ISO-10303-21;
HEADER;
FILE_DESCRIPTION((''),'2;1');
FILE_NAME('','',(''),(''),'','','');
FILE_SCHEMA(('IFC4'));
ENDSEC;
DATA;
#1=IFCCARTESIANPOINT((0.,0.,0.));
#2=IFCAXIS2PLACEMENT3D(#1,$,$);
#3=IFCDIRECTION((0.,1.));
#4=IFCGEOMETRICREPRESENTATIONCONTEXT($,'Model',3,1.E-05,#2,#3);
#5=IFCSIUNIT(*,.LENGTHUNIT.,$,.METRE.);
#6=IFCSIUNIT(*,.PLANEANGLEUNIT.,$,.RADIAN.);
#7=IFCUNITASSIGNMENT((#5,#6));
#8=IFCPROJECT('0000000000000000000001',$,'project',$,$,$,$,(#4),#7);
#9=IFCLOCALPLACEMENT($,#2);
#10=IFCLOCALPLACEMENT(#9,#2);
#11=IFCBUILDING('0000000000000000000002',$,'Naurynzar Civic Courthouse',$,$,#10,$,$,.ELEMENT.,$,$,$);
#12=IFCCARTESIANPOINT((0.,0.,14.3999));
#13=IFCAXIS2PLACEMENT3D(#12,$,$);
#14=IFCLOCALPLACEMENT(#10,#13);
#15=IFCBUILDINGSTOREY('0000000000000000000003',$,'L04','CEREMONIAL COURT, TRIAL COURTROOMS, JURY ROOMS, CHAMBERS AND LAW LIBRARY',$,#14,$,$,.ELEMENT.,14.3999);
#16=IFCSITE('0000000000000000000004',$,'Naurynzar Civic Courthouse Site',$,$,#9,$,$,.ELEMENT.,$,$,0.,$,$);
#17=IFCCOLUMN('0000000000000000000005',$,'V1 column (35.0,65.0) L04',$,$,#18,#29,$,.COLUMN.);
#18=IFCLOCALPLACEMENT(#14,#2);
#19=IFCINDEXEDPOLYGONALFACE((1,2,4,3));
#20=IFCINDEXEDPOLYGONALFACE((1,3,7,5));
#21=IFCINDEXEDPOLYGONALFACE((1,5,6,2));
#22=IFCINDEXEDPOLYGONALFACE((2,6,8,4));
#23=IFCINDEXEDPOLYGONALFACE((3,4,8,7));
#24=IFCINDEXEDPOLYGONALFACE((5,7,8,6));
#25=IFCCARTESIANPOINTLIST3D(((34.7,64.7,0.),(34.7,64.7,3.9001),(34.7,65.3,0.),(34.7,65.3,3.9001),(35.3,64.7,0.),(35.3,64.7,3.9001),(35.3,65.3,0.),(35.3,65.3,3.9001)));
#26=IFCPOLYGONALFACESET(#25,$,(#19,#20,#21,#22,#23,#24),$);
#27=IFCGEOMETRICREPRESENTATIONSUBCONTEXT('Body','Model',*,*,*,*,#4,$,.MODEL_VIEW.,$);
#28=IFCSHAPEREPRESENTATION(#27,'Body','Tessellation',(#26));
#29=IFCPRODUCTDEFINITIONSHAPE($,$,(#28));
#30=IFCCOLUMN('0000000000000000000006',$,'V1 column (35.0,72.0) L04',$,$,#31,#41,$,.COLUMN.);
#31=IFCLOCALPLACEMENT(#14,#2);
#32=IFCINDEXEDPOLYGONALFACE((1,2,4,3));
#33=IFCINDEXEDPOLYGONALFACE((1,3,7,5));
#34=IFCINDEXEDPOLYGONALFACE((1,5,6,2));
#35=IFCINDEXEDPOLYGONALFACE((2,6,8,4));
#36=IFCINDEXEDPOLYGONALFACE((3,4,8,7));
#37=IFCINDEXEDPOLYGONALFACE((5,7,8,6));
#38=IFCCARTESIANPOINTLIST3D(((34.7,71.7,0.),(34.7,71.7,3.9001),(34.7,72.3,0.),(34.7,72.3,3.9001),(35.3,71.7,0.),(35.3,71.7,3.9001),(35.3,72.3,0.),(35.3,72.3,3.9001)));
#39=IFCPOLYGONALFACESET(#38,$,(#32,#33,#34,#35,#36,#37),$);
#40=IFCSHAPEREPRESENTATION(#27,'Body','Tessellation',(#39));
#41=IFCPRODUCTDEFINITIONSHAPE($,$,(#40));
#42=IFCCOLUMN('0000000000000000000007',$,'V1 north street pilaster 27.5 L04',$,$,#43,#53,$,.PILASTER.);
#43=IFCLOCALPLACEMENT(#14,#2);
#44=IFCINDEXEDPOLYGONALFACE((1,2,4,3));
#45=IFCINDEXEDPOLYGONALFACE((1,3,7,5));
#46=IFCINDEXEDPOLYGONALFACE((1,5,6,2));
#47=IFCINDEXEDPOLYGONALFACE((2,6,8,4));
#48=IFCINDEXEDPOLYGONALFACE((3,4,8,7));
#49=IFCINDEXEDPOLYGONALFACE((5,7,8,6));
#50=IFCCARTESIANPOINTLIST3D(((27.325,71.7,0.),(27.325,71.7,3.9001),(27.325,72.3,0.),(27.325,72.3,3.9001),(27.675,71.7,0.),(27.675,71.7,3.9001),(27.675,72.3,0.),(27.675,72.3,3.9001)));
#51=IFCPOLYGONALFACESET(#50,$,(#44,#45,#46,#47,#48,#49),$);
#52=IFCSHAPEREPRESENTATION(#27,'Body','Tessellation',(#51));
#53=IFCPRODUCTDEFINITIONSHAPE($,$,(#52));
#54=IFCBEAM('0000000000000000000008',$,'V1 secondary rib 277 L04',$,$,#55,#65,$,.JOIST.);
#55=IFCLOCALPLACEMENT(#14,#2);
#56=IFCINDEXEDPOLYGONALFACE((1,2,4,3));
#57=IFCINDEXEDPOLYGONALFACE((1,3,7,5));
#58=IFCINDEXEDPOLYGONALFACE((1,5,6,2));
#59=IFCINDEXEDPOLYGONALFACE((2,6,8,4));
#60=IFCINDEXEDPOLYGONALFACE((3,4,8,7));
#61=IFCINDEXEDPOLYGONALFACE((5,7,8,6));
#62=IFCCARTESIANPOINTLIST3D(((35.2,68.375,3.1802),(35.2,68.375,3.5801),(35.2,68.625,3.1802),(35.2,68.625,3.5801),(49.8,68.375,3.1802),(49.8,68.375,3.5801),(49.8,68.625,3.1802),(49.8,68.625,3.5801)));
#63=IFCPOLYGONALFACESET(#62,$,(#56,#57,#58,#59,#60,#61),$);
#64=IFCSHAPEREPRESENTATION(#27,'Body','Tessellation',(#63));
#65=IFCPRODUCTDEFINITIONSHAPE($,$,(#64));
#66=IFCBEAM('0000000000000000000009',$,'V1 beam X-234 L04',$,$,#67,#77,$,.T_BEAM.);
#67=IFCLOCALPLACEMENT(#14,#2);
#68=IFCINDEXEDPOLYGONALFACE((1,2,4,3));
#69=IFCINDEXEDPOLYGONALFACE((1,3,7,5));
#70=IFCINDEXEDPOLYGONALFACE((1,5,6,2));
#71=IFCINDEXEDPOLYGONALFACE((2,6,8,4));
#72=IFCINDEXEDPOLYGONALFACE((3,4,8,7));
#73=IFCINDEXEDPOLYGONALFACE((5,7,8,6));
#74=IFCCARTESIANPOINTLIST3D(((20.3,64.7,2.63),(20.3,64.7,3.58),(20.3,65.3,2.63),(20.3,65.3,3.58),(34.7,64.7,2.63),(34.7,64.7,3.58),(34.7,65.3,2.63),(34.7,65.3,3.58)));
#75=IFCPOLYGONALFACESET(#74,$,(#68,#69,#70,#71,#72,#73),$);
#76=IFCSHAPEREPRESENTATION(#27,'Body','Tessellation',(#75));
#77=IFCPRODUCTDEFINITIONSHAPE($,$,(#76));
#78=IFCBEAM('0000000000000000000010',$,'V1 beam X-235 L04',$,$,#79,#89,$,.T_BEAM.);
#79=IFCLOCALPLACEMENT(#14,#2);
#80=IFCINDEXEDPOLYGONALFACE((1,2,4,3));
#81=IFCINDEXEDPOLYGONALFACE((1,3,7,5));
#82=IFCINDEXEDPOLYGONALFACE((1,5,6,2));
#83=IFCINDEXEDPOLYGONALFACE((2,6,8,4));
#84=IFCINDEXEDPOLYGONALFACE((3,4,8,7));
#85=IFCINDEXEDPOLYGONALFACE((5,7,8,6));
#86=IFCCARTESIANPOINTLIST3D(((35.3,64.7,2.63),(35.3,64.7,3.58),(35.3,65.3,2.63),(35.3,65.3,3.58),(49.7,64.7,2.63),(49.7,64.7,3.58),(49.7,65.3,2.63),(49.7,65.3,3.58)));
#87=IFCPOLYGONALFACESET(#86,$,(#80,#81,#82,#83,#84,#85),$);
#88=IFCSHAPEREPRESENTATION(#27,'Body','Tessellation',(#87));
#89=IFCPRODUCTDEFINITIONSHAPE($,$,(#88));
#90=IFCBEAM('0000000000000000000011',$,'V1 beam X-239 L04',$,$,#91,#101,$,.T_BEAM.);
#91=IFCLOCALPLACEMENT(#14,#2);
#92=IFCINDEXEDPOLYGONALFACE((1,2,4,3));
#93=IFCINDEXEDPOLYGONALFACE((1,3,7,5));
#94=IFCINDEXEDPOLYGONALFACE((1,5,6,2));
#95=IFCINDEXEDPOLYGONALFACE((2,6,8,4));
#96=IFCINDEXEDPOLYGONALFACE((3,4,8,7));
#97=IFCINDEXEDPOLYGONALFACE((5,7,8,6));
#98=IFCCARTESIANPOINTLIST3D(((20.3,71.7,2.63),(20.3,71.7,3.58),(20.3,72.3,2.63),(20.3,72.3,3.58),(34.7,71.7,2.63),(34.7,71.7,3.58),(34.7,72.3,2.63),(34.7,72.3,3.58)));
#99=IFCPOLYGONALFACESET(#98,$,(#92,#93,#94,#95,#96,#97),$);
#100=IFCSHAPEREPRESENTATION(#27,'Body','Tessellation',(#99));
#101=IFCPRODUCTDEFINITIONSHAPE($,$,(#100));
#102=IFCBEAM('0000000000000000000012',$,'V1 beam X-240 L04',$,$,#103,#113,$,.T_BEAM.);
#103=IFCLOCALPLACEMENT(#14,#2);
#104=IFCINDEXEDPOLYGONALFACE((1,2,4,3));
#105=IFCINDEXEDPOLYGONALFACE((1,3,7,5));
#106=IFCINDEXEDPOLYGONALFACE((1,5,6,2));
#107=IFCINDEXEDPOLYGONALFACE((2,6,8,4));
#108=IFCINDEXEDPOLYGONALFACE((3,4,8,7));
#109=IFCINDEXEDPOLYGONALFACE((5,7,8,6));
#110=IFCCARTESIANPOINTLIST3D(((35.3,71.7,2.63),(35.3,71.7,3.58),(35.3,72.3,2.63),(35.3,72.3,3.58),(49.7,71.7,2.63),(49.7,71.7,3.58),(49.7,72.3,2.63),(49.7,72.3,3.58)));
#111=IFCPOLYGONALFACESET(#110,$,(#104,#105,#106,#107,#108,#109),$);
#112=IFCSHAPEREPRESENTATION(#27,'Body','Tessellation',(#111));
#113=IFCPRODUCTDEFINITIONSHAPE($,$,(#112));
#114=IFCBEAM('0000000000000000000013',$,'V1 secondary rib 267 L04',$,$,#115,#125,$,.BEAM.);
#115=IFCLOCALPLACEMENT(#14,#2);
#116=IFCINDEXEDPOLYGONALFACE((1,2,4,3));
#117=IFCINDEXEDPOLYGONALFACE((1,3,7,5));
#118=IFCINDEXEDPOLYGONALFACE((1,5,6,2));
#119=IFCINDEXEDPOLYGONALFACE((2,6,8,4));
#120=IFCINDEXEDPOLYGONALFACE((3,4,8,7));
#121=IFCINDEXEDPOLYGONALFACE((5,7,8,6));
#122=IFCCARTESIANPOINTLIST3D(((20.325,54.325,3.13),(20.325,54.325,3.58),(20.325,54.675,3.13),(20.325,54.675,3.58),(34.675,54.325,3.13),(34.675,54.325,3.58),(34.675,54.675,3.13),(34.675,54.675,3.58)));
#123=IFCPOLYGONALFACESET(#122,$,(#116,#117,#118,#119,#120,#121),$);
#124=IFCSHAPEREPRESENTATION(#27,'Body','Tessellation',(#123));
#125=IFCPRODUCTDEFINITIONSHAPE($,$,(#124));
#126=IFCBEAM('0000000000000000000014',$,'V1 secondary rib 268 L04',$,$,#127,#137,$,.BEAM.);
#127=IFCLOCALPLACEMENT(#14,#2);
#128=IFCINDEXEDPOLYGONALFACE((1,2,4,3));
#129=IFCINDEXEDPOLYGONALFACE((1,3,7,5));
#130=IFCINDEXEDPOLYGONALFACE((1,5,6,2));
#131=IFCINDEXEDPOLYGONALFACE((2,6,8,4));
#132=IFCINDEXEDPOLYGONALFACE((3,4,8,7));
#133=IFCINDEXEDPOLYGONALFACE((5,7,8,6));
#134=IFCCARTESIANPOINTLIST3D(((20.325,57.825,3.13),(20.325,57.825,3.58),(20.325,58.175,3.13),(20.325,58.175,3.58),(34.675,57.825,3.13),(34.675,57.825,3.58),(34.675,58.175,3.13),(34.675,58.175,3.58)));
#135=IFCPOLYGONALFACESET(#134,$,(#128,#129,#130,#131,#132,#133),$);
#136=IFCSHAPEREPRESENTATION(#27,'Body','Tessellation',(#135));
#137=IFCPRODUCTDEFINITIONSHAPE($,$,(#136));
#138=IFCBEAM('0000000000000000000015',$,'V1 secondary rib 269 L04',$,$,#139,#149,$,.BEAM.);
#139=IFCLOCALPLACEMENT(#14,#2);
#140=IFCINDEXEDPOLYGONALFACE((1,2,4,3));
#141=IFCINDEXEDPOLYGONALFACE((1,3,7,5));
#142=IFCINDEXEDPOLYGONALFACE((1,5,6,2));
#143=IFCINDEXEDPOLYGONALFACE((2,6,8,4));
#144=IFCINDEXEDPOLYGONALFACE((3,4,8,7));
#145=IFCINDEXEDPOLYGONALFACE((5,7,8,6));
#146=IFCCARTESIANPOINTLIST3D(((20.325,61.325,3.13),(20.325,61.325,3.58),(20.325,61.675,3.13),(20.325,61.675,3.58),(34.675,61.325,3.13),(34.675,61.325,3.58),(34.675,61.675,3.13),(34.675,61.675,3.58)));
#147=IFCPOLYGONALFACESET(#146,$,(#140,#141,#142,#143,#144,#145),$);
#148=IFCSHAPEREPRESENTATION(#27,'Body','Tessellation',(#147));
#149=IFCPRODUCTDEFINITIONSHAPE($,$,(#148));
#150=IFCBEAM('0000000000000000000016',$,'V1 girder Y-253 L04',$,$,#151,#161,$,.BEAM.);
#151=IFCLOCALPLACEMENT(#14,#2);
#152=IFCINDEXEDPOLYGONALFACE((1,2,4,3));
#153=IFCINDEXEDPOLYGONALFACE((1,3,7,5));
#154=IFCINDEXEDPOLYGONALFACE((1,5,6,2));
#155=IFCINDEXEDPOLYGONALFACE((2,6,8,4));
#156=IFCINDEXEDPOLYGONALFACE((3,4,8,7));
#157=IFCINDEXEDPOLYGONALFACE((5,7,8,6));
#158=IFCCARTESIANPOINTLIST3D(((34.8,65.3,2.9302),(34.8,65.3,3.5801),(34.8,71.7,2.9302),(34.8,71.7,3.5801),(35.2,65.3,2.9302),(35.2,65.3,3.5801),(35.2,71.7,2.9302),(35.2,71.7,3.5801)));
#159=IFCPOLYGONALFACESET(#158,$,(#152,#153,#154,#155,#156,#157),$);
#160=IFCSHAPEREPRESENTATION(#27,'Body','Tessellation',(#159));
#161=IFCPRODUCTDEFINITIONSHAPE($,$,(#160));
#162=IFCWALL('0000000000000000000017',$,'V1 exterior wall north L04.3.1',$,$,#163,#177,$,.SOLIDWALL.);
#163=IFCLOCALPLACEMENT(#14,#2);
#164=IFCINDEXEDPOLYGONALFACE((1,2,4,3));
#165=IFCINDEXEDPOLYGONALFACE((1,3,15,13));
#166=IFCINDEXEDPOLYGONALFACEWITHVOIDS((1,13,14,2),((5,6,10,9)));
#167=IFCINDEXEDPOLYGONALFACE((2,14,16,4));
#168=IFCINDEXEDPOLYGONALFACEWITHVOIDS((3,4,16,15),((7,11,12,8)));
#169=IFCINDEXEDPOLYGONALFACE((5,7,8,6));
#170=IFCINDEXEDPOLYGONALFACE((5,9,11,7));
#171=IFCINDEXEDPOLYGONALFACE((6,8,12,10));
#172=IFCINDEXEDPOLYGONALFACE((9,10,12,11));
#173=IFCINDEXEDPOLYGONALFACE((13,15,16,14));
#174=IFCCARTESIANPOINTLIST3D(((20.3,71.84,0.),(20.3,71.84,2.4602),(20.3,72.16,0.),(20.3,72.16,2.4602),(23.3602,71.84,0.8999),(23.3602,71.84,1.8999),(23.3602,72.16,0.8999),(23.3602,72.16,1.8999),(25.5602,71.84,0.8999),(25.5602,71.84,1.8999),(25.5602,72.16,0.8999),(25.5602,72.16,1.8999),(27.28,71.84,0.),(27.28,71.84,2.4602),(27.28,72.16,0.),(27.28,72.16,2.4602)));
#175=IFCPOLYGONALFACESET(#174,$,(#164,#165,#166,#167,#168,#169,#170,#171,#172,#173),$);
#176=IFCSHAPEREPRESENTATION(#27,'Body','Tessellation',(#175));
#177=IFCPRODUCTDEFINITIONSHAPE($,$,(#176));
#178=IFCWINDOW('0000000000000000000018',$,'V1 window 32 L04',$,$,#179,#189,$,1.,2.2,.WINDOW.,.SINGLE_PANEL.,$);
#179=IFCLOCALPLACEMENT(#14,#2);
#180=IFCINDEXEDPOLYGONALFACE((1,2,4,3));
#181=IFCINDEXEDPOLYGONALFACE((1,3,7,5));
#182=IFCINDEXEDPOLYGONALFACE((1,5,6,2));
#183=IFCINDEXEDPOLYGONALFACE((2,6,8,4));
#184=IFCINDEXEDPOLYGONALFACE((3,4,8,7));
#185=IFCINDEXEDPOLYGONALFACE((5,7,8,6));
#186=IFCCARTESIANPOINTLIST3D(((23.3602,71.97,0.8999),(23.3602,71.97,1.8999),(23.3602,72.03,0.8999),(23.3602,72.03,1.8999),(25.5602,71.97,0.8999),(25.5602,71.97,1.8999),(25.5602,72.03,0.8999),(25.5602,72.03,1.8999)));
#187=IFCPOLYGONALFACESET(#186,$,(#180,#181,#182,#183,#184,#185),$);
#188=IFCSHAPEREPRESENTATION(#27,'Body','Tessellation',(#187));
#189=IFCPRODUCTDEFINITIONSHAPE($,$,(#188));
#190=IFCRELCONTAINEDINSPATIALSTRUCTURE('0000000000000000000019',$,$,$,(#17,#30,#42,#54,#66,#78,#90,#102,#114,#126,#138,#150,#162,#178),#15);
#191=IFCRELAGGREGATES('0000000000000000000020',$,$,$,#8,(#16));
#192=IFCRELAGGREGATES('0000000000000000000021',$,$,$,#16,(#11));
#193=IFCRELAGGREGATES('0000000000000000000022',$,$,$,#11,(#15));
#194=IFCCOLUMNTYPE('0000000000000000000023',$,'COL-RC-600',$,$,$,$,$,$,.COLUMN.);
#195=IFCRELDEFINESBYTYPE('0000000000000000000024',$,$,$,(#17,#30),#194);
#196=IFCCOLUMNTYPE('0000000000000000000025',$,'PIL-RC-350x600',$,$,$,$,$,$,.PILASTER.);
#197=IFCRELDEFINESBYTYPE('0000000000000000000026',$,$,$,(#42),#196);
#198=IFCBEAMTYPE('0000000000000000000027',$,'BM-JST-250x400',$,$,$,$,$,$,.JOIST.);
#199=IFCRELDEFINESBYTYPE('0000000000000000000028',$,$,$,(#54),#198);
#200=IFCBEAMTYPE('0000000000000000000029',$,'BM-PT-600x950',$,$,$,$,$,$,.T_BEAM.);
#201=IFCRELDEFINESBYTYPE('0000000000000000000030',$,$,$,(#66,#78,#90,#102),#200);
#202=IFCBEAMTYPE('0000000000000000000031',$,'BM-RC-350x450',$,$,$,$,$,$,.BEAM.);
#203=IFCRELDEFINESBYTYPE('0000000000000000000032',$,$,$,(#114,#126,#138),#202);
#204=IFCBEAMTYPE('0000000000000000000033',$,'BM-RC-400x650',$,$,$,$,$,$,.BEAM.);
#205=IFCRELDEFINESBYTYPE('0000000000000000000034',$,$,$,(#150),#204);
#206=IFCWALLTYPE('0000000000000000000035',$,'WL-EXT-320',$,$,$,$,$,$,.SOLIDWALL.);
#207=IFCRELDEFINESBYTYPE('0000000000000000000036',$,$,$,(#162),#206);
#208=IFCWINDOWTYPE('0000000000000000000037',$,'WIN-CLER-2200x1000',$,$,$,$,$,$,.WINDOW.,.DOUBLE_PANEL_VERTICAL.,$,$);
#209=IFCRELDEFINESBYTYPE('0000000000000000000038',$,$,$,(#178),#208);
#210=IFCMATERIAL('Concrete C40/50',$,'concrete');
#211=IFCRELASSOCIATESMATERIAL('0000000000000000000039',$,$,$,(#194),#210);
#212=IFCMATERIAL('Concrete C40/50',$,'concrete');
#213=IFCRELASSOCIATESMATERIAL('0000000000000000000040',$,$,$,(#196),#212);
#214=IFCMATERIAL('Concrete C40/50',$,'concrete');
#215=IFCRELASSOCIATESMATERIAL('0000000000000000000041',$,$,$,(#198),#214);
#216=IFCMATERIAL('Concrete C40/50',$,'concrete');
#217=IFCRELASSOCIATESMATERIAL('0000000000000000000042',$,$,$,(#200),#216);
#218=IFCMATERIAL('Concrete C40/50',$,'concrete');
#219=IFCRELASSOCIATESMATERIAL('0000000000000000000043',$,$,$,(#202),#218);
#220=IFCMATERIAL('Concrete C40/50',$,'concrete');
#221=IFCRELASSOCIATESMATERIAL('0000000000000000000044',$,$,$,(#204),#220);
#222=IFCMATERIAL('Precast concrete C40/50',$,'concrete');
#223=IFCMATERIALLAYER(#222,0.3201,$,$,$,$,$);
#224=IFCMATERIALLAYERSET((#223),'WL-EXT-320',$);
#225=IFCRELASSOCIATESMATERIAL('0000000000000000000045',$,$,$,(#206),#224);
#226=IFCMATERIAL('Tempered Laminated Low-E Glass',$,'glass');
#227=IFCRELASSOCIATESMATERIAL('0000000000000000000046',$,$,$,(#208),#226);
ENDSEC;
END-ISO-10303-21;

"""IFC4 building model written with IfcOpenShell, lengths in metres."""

from ifc_helpers import new_model, si_unit, direction, frame, frame_2d, origin, origin_2d, place, context, subcontext, project, spatial, rectangle, extrude, material, layer, layer_set, material_profile, profile_set, type_object, element, fill, save


model = new_model("IFC4")

# Units and contexts
model_context = context("Model", 3, precision=1e-05, world=origin(), true_north=direction((0.0, 1.0)))
body_context = subcontext(model_context, "Body", "Model", "MODEL_VIEW")
ifc_project = project(units=[si_unit("LENGTHUNIT", "METRE"), si_unit("PLANEANGLEUNIT", "RADIAN")], contexts=[model_context])

# Site, building, storey
site_placement = place(None, origin())
site = spatial("IfcSite", under=ifc_project, at=site_placement, Name="Naurynzar Civic Courthouse Site", CompositionType="ELEMENT", RefElevation=0.0)
building_placement = place(site_placement, origin())
building = spatial("IfcBuilding", under=site, at=building_placement, Name="Naurynzar Civic Courthouse", CompositionType="ELEMENT")
storey_placement = place(building_placement, frame((0.0, 0.0, 14.3999)))
storey = spatial("IfcBuildingStorey", under=building, at=storey_placement, Name="L04", Description="CEREMONIAL COURT, TRIAL COURTROOMS, JURY ROOMS, CHAMBERS AND LAW LIBRARY", CompositionType="ELEMENT", Elevation=14.3999)

# Columns
ifc_material_1 = material(Name="Concrete C40/50", Category="concrete")
ifc_material_profile_1 = material_profile(ifc_material_1, rectangle(XDim=0.6001, YDim=0.6001, at=origin_2d()), Name="RC 600x600")
ifc_profile_set_1 = profile_set([ifc_material_profile_1], Name="Concrete C40/50")
column_type_1 = type_object("IfcColumnType", Name="COL-RC-600", PredefinedType="COLUMN", material=ifc_profile_set_1)
for number, where, z_axis, x_axis, name in (
    (1, (35.0, 65.0, 0.0), (0.0, 0.0, 1.0), (1.0, 0.0, 0.0), "V1 column (35.0,65.0) L04"),
    (2, (35.0, 72.0, 0.0), (0.0, 0.0, 1.0), (1.0, 0.0, 0.0), "V1 column (35.0,72.0) L04"),
):
    element("IfcColumn", number, at=place(storey_placement, frame(where, z_axis=z_axis, x_axis=x_axis)), inside=storey, type_object=column_type_1, Name=name, PredefinedType="COLUMN", context=body_context, shape_type="SweptSolid", body=[
        extrude(rectangle(XDim=0.6001, YDim=0.6001, at=origin_2d()), origin(), (0.0, 0.0, 1.0), 3.9001),
    ])
ifc_material_2 = material(Name="Concrete C40/50", Category="concrete")
ifc_material_profile_2 = material_profile(ifc_material_2, rectangle(XDim=0.3501, YDim=0.6001, at=origin_2d()), Name="RC 350x600")
ifc_profile_set_2 = profile_set([ifc_material_profile_2], Name="Concrete C40/50")
column_type_2 = type_object("IfcColumnType", Name="PIL-RC-350x600", PredefinedType="PILASTER", material=ifc_profile_set_2)
column_placement = place(storey_placement, frame((27.5, 72.0, 0.0), z_axis=(0.0, 0.0, 1.0), x_axis=(1.0, 0.0, 0.0)))
element("IfcColumn", 3, at=column_placement, inside=storey, type_object=column_type_2, Name="V1 north street pilaster 27.5 L04", PredefinedType="PILASTER", context=body_context, shape_type="SweptSolid", body=[
    extrude(rectangle(XDim=0.3501, YDim=0.6001, at=origin_2d()), origin(), (0.0, 0.0, 1.0), 3.9001),
])

# Beams
ifc_material_3 = material(Name="Concrete C40/50", Category="concrete")
ifc_material_profile_3 = material_profile(ifc_material_3, rectangle(XDim=0.25, YDim=0.3999, at=origin_2d()), Name="RCB 250x400")
ifc_profile_set_3 = profile_set([ifc_material_profile_3], Name="Concrete C40/50")
beam_type_1 = type_object("IfcBeamType", Name="BM-JST-250x400", PredefinedType="JOIST", material=ifc_profile_set_3)
beam_1_placement = place(storey_placement, frame((35.2, 68.5, 3.3801), z_axis=(1.0, 0.0, 0.0), x_axis=(0.0, 1.0, 0.0)))
element("IfcBeam", 4, at=beam_1_placement, inside=storey, type_object=beam_type_1, Name="V1 secondary rib 277 L04", PredefinedType="JOIST", context=body_context, shape_type="SweptSolid", body=[
    extrude(rectangle(XDim=0.25, YDim=0.3999, at=origin_2d()), origin(), (0.0, 0.0, 1.0), 14.6001),
])
ifc_material_4 = material(Name="Concrete C40/50", Category="concrete")
ifc_material_profile_4 = material_profile(ifc_material_4, rectangle(XDim=0.6001, YDim=0.95, at=origin_2d()), Name="PTB 600x950")
ifc_profile_set_4 = profile_set([ifc_material_profile_4], Name="Concrete C40/50")
beam_type_2 = type_object("IfcBeamType", Name="BM-PT-600x950", PredefinedType="T_BEAM", material=ifc_profile_set_4)
for number, where, z_axis, x_axis, name in (
    (5, (20.3, 65.0, 3.105), (1.0, 0.0, 0.0), (0.0, 1.0, 0.0), "V1 beam X-234 L04"),
    (6, (35.3, 65.0, 3.105), (1.0, 0.0, 0.0), (0.0, 1.0, 0.0), "V1 beam X-235 L04"),
    (7, (20.3, 72.0, 3.105), (1.0, 0.0, 0.0), (0.0, 1.0, 0.0), "V1 beam X-239 L04"),
    (8, (35.3, 72.0, 3.105), (1.0, 0.0, 0.0), (0.0, 1.0, 0.0), "V1 beam X-240 L04"),
):
    element("IfcBeam", number, at=place(storey_placement, frame(where, z_axis=z_axis, x_axis=x_axis)), inside=storey, type_object=beam_type_2, Name=name, PredefinedType="T_BEAM", context=body_context, shape_type="SweptSolid", body=[
        extrude(rectangle(XDim=0.6001, YDim=0.95, at=origin_2d()), origin(), (0.0, 0.0, 1.0), 14.3999),
    ])
ifc_material_5 = material(Name="Concrete C40/50", Category="concrete")
ifc_material_profile_5 = material_profile(ifc_material_5, rectangle(XDim=0.3501, YDim=0.45, at=origin_2d()), Name="RCB 350x450")
ifc_profile_set_5 = profile_set([ifc_material_profile_5], Name="Concrete C40/50")
beam_type_3 = type_object("IfcBeamType", Name="BM-RC-350x450", PredefinedType="BEAM", material=ifc_profile_set_5)
for number, where, z_axis, x_axis, name in (
    (9, (20.325, 54.5, 3.355), (1.0, 0.0, 0.0), (0.0, 1.0, 0.0), "V1 secondary rib 267 L04"),
    (10, (20.325, 58.0, 3.355), (1.0, 0.0, 0.0), (0.0, 1.0, 0.0), "V1 secondary rib 268 L04"),
    (11, (20.325, 61.5, 3.355), (1.0, 0.0, 0.0), (0.0, 1.0, 0.0), "V1 secondary rib 269 L04"),
):
    element("IfcBeam", number, at=place(storey_placement, frame(where, z_axis=z_axis, x_axis=x_axis)), inside=storey, type_object=beam_type_3, Name=name, PredefinedType="BEAM", context=body_context, shape_type="SweptSolid", body=[
        extrude(rectangle(XDim=0.3501, YDim=0.45, at=origin_2d()), origin(), (0.0, 0.0, 1.0), 14.3501),
    ])
ifc_material_6 = material(Name="Concrete C40/50", Category="concrete")
ifc_material_profile_6 = material_profile(ifc_material_6, rectangle(XDim=0.3999, YDim=0.6499, at=origin_2d()), Name="RCB 400x650")
ifc_profile_set_6 = profile_set([ifc_material_profile_6], Name="Concrete C40/50")
beam_type_4 = type_object("IfcBeamType", Name="BM-RC-400x650", PredefinedType="BEAM", material=ifc_profile_set_6)
beam_2_placement = place(storey_placement, frame((35.0, 65.3, 3.2551), z_axis=(0.0, 1.0, 0.0), x_axis=(-1.0, 0.0, 0.0)))
element("IfcBeam", 12, at=beam_2_placement, inside=storey, type_object=beam_type_4, Name="V1 girder Y-253 L04", PredefinedType="BEAM", context=body_context, shape_type="SweptSolid", body=[
    extrude(rectangle(XDim=0.3999, YDim=0.6499, at=origin_2d()), origin(), (0.0, 0.0, 1.0), 6.3999),
])

# Wall, opening, window
ifc_material_7 = material(Name="Precast concrete C40/50", Category="concrete")
ifc_layer_1 = layer(ifc_material_7, 0.3201)
ifc_layer_set_1 = layer_set([ifc_layer_1], Name="WL-EXT-320")
wall_type_1 = type_object("IfcWallType", Name="WL-EXT-320", PredefinedType="SOLIDWALL", material=ifc_layer_set_1)
wall_1_placement = place(storey_placement, frame((20.3, 72.0, 0.0), z_axis=(0.0, 0.0, 1.0), x_axis=(1.0, 0.0, 0.0)))
wall_1 = element("IfcWall", 13, at=wall_1_placement, inside=storey, type_object=wall_type_1, Name="V1 exterior wall north L04.3.1", PredefinedType="SOLIDWALL", context=body_context, shape_type="SweptSolid", body=[
    extrude(rectangle(XDim=6.98, YDim=0.3201, at=frame_2d((3.49, 0.0))), origin(), (0.0, 0.0, 1.0), 2.4602),
])
opening_1_placement = place(wall_1_placement, frame((3.0601, 0.0, 0.8999)))
opening_1 = element("IfcOpeningElement", 14, at=opening_1_placement, cuts=wall_1, PredefinedType="OPENING", context=body_context, shape_type="SweptSolid", body=[
    extrude(rectangle(XDim=2.2, YDim=1.0, at=frame_2d((1.1001, 0.5))), frame((0.0, 0.1699, 0.0), z_axis=(0.0, -1.0, 0.0), x_axis=(1.0, 0.0, 0.0)), (0.0, 0.0, 1.0), 0.3401),
])
ifc_material_8 = material(Name="Tempered Laminated Low-E Glass", Category="glass")
window_type = type_object("IfcWindowType", Name="WIN-CLER-2200x1000", PartitioningType="DOUBLE_PANEL_VERTICAL", PredefinedType="WINDOW", material=ifc_material_8)
window_1_placement = place(opening_1_placement, origin())
window_1 = element("IfcWindow", 15, at=window_1_placement, inside=storey, type_object=window_type, Name="V1 window 32 L04", OverallHeight=1.0, OverallWidth=2.2, PartitioningType="SINGLE_PANEL", PredefinedType="WINDOW", context=body_context, shape_type="SweptSolid", body=[
    extrude(rectangle(XDim=2.2, YDim=1.0, at=frame_2d((1.1001, 0.5))), frame((0.0, 0.03, 0.0), z_axis=(0.0, -1.0, 0.0), x_axis=(1.0, 0.0, 0.0)), (0.0, 0.0, 1.0), 0.0601),
])
fill(opening_1, window_1)

save(model, "model.ifc")
